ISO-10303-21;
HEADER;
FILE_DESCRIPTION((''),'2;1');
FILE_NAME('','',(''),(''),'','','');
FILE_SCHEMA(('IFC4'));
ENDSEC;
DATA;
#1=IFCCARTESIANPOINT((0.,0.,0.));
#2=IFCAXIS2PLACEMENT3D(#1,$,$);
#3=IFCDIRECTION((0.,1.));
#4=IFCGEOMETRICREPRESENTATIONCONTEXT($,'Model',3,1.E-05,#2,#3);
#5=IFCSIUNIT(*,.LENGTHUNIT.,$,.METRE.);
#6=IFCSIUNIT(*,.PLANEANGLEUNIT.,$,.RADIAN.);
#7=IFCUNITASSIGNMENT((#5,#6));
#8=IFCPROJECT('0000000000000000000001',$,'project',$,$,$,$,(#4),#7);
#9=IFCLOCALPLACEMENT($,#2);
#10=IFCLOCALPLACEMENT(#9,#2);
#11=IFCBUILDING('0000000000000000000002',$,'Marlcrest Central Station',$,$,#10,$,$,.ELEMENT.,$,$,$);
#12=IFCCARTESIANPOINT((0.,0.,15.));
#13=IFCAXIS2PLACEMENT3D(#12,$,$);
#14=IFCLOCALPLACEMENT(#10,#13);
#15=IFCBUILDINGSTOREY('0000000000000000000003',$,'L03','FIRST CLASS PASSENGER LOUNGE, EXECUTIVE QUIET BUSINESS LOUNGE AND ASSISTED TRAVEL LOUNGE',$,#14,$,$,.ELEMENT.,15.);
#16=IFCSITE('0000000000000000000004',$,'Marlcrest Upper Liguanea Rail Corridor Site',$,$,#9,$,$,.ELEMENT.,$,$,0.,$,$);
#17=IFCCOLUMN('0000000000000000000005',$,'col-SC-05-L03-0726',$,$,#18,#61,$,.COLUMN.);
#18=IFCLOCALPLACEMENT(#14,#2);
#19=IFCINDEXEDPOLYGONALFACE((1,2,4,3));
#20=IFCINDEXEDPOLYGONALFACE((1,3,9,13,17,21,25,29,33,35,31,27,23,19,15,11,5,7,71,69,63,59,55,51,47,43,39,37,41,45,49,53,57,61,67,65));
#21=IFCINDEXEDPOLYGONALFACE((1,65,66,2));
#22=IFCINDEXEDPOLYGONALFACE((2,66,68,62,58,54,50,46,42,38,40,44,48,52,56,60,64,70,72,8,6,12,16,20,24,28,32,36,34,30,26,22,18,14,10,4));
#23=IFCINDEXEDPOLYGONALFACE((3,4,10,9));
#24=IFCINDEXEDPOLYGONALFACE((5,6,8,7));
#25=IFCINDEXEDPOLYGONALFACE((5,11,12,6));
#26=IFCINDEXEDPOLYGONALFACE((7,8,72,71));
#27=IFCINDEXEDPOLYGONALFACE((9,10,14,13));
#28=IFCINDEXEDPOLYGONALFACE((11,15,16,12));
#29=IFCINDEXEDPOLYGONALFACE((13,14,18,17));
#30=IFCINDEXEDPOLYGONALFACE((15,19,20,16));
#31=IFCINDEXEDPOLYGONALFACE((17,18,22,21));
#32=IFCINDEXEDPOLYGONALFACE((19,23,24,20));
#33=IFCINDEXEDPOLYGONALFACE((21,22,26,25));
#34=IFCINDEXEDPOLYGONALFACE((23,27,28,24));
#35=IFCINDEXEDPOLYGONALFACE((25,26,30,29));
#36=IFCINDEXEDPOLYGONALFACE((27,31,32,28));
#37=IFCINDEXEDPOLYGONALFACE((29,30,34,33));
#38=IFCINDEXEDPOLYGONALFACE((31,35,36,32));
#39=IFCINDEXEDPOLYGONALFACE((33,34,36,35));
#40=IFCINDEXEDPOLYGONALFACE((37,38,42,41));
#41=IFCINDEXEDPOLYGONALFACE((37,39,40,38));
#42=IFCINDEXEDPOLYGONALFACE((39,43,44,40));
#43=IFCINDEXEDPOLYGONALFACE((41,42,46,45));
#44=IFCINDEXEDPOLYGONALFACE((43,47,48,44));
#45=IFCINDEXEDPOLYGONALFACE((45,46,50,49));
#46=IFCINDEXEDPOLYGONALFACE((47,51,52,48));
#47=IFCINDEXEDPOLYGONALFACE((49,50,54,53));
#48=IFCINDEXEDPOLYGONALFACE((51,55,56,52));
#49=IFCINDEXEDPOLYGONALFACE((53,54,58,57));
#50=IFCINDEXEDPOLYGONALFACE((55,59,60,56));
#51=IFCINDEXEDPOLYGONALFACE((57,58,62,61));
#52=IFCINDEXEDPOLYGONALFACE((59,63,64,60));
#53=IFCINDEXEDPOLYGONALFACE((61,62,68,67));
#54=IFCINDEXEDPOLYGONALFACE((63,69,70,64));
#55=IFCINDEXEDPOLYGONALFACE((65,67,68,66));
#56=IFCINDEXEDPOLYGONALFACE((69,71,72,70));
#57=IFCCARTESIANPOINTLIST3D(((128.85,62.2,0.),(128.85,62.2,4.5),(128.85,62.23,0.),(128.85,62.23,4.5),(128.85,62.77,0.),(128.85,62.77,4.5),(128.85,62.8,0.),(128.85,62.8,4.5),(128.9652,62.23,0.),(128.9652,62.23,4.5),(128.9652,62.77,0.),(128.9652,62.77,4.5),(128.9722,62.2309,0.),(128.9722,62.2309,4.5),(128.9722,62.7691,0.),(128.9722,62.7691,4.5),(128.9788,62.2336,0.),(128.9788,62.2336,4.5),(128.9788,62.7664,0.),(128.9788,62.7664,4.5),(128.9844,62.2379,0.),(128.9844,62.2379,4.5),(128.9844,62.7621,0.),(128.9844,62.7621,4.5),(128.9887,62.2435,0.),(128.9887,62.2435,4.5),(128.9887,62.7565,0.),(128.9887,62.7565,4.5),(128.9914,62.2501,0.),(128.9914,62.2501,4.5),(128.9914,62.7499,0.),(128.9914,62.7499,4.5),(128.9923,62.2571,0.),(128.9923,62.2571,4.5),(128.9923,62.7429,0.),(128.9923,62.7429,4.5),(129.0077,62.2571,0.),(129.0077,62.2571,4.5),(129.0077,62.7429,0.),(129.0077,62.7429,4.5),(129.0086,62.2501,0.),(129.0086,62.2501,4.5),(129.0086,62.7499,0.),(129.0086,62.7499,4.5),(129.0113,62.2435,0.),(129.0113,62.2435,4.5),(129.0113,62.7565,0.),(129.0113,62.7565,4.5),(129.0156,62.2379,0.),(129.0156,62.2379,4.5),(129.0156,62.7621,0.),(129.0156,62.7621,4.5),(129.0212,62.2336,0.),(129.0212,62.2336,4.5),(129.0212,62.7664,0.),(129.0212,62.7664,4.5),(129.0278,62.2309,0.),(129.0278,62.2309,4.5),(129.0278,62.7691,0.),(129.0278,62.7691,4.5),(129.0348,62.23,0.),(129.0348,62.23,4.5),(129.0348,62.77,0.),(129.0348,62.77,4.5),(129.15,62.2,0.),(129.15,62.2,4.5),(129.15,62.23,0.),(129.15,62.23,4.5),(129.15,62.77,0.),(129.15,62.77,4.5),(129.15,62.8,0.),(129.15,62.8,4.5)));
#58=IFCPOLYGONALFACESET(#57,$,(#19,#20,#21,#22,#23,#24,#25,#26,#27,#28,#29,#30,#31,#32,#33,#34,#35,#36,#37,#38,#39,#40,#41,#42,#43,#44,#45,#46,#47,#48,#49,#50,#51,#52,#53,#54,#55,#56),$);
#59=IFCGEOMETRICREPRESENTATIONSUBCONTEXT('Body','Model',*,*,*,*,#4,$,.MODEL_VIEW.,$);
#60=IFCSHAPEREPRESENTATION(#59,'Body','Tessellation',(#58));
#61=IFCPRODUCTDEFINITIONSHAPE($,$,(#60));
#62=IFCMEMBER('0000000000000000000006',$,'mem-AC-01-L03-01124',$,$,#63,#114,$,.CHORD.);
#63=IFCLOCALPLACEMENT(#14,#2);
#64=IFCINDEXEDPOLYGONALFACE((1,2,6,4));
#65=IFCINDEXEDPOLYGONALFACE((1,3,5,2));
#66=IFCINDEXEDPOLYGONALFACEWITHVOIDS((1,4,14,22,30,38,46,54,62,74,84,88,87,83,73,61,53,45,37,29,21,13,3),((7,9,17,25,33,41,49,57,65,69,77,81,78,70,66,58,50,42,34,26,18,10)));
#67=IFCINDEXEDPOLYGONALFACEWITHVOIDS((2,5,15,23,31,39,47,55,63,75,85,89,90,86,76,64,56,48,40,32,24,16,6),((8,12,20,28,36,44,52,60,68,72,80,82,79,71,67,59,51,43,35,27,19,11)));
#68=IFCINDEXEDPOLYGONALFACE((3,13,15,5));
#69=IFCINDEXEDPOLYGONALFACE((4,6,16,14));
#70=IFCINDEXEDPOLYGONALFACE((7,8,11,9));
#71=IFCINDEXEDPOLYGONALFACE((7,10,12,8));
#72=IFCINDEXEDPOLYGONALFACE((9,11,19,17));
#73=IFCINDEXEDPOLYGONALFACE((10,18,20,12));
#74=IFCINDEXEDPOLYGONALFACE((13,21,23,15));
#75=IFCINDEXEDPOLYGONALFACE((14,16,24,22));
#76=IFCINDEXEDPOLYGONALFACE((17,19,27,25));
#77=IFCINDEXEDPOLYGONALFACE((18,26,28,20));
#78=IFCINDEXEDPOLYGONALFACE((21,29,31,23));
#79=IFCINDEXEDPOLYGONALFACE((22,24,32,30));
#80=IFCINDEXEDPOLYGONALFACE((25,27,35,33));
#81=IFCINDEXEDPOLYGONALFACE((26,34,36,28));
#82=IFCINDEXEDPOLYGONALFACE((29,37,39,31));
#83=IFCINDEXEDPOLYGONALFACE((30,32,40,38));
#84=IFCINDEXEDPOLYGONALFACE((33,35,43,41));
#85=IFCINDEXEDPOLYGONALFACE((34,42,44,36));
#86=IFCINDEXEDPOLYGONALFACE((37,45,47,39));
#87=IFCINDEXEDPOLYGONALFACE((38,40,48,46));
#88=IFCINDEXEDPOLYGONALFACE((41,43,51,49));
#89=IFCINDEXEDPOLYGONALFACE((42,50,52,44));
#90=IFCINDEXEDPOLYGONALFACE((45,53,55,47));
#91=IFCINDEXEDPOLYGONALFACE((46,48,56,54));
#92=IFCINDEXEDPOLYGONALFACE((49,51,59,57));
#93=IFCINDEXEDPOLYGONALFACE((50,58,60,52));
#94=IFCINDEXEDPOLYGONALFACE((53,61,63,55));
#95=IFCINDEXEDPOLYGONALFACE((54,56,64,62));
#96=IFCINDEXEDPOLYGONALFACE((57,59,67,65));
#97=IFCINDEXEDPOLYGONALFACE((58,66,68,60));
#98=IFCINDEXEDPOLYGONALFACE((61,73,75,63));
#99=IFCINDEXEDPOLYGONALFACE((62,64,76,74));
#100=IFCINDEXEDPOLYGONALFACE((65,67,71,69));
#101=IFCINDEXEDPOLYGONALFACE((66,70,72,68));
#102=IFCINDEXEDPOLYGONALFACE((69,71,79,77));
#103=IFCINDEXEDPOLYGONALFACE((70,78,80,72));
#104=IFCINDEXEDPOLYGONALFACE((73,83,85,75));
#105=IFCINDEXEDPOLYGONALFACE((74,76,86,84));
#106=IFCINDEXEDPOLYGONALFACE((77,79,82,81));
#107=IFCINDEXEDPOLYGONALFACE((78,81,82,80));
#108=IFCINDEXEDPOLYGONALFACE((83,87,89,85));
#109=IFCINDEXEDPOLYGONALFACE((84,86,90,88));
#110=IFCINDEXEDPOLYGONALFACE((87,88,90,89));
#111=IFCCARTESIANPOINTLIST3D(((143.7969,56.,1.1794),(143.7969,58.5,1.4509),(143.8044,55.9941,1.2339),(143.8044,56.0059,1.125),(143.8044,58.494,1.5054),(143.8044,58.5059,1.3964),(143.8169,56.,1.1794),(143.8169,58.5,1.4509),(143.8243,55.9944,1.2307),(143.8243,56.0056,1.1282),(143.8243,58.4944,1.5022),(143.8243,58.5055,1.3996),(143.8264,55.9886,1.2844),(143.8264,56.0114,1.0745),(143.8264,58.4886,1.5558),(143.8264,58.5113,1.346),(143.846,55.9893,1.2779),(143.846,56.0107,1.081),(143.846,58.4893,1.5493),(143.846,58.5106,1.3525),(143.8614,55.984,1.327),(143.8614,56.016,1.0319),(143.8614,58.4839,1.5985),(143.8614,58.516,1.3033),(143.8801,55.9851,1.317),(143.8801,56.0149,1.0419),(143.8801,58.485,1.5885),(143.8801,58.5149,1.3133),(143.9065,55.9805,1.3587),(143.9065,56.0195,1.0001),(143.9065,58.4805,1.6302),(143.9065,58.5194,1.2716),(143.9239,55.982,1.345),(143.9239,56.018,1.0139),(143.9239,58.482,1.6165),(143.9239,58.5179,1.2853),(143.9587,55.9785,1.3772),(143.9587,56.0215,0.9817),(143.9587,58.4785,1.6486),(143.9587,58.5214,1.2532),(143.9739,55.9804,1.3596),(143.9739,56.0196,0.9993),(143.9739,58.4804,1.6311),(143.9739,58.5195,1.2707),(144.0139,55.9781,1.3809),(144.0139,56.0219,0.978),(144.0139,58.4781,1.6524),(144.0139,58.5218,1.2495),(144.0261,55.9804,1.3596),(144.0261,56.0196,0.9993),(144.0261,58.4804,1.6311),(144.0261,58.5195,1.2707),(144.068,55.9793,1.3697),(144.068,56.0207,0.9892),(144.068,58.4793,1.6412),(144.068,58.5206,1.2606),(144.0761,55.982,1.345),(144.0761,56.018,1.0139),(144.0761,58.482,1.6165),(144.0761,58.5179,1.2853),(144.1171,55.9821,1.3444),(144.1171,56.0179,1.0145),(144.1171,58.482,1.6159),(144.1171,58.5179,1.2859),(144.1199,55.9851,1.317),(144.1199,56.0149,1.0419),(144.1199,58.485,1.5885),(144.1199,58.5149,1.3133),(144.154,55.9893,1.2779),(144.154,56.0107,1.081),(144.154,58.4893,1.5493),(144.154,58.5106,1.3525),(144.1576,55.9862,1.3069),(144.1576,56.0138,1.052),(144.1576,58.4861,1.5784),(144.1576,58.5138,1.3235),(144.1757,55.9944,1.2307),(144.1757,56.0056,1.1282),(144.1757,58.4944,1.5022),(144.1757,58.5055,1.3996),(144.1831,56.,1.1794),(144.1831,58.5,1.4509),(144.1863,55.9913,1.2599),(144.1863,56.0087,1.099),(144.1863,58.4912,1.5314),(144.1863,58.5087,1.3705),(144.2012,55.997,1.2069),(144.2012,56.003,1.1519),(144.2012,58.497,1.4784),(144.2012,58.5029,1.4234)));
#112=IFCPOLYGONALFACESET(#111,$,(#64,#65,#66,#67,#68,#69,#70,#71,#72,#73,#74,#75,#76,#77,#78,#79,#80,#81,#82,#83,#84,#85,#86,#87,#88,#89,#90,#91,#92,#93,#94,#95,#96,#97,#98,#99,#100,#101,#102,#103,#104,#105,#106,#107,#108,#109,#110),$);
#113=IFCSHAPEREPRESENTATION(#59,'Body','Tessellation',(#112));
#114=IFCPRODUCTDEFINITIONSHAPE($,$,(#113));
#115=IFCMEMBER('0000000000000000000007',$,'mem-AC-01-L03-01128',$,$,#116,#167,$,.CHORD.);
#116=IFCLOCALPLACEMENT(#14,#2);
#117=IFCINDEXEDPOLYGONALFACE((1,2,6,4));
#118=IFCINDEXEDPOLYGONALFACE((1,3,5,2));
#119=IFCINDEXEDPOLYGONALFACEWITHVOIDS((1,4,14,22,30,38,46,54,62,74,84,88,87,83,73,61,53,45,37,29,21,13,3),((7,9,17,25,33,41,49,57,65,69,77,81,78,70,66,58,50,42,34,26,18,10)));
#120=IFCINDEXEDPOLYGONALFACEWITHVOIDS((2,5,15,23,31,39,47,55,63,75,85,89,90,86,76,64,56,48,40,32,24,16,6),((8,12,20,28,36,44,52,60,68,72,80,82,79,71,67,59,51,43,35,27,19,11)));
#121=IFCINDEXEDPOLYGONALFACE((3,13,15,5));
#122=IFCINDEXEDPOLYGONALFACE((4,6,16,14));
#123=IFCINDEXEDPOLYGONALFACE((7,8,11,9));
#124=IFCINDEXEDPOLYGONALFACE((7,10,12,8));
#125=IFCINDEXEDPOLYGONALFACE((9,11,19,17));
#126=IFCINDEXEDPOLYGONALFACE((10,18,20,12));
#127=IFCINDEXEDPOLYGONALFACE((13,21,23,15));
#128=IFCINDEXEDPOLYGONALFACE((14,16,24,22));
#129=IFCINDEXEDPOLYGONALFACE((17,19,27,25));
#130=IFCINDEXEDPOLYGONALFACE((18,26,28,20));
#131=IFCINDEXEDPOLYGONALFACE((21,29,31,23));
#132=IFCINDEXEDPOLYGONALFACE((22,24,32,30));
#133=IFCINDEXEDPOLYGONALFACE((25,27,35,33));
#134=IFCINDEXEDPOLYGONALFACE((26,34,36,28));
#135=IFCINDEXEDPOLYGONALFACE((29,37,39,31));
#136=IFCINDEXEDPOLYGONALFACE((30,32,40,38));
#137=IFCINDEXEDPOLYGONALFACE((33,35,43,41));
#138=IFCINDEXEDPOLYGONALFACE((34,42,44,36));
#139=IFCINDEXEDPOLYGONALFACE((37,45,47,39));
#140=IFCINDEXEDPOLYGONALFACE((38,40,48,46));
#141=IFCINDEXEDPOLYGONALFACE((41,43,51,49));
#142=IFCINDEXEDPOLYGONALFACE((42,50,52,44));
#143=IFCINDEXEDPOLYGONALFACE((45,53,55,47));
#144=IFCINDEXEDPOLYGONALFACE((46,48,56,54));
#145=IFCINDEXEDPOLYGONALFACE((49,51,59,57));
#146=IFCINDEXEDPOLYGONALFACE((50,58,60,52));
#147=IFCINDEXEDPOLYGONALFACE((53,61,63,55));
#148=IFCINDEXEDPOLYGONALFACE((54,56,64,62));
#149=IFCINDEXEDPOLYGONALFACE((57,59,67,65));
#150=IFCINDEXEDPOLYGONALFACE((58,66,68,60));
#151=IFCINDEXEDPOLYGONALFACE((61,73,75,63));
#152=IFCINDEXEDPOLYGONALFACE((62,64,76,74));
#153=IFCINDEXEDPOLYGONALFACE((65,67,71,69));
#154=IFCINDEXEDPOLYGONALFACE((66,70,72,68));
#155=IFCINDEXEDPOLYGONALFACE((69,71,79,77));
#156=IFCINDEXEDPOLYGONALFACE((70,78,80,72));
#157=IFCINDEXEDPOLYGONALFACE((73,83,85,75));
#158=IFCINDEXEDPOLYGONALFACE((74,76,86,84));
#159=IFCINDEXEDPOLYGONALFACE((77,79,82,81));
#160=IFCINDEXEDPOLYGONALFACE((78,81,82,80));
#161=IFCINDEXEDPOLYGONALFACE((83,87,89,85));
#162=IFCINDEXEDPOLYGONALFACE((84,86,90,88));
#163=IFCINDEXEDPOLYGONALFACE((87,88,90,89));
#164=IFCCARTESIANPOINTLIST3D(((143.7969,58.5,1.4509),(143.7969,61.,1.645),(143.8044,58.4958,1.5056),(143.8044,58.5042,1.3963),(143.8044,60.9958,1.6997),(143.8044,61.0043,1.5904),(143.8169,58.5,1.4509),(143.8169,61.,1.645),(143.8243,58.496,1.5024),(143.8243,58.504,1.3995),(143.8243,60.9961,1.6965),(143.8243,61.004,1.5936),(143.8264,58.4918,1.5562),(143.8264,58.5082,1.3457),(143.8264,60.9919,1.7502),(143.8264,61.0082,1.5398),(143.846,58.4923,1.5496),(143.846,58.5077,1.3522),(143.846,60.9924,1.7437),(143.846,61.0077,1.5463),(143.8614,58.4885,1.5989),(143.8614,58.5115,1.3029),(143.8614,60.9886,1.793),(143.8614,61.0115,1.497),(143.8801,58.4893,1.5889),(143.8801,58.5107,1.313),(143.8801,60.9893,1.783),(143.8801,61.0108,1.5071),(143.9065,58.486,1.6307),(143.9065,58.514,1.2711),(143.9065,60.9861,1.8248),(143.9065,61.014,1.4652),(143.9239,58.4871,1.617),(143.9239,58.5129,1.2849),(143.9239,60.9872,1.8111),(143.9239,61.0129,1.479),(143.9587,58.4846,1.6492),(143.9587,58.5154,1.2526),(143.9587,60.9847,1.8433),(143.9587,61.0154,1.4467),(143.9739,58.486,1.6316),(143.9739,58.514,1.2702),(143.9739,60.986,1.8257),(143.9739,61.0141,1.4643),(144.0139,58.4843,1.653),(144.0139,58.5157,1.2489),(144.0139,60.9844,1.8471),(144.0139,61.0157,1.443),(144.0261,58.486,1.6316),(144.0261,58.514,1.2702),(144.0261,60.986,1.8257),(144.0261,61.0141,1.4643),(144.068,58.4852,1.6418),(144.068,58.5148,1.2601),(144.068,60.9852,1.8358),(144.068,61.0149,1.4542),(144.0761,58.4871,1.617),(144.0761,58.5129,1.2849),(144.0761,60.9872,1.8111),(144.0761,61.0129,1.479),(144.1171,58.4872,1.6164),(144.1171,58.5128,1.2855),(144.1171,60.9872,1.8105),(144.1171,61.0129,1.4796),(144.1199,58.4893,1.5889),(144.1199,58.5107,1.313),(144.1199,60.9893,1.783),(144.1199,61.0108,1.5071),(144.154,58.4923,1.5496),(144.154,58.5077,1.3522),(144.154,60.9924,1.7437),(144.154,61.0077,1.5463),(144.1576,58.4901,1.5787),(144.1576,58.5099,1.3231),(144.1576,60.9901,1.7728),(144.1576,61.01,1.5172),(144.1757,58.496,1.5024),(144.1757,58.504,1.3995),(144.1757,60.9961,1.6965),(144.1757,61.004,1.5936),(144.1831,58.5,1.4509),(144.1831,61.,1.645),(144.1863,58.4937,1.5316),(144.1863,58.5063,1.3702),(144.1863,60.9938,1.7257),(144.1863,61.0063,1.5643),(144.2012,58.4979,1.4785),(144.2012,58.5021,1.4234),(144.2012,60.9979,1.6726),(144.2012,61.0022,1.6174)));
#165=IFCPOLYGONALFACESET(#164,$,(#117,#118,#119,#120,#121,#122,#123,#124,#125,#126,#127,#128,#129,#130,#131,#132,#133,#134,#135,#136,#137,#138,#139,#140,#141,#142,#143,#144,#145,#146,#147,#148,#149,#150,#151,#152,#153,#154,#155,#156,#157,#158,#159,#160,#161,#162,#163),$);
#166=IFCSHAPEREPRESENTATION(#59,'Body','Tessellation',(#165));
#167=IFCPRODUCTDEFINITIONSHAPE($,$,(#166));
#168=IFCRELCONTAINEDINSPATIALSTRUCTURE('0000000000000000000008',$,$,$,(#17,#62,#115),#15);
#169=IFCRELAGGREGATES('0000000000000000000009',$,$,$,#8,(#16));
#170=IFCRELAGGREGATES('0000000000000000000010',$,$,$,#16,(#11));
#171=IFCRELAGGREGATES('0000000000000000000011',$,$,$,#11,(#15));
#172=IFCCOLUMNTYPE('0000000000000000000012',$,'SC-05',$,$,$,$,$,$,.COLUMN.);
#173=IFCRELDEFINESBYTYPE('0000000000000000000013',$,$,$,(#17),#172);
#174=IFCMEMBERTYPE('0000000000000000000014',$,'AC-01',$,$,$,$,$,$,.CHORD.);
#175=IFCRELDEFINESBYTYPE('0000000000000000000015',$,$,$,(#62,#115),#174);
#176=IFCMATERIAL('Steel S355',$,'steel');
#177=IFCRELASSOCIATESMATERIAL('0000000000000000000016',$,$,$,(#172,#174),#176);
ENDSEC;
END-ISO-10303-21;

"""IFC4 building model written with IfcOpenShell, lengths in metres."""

from ifc_helpers import new_model, si_unit, direction, frame, origin, origin_2d, place, context, subcontext, project, spatial, hollow_circle, i_section, extrude, material, material_profile, profile_set, type_object, element, save


model = new_model("IFC4")

# Units and contexts
model_context = context("Model", 3, precision=1e-05, world=origin(), true_north=direction((0.0, 1.0)))
body_context = subcontext(model_context, "Body", "Model", "MODEL_VIEW")
ifc_project = project(units=[si_unit("LENGTHUNIT", "METRE"), si_unit("PLANEANGLEUNIT", "RADIAN")], contexts=[model_context])

# Site, building, storey
site_placement = place(None, origin())
site = spatial("IfcSite", under=ifc_project, at=site_placement, Name="Marlcrest Upper Liguanea Rail Corridor Site", CompositionType="ELEMENT", RefElevation=0.0)
building_placement = place(site_placement, origin())
building = spatial("IfcBuilding", under=site, at=building_placement, Name="Marlcrest Central Station", CompositionType="ELEMENT")
storey_placement = place(building_placement, frame((0.0, 0.0, 15.0)))
storey = spatial("IfcBuildingStorey", under=building, at=storey_placement, Name="L03", Description="FIRST CLASS PASSENGER LOUNGE, EXECUTIVE QUIET BUSINESS LOUNGE AND ASSISTED TRAVEL LOUNGE", CompositionType="ELEMENT", Elevation=15.0)

# Column
ifc_material_1 = material(Name="Steel S355", Category="steel")
ifc_material_profile_1 = material_profile(ifc_material_1, i_section(OverallWidth=0.3, OverallDepth=0.6001, WebThickness=0.0154, FlangeThickness=0.03, FilletRadius=0.0271, at=origin_2d()), Name="HEB 600")
ifc_profile_set_1 = profile_set([ifc_material_profile_1], Name="Steel S355")
column_type = type_object("IfcColumnType", Name="SC-05", PredefinedType="COLUMN", material=ifc_profile_set_1)
column_placement = place(storey_placement, frame((129.0, 62.5, 0.0), z_axis=(0.0, 0.0, 1.0), x_axis=(1.0, 0.0, 0.0)))
element("IfcColumn", 1, at=column_placement, inside=storey, type_object=column_type, Name="col-SC-05-L03-0726", PredefinedType="COLUMN", context=body_context, shape_type="SweptSolid", body=[
    extrude(i_section(OverallWidth=0.3, OverallDepth=0.6001, WebThickness=0.0154, FlangeThickness=0.03, FilletRadius=0.0271, at=origin_2d()), origin(), (0.0, 0.0, 1.0), 4.5),
])

# Members
ifc_material_profile_2 = material_profile(ifc_material_1, hollow_circle(Radius=0.2031, WallThickness=0.02, at=origin_2d()), Name="CHS 406.4x20")
ifc_profile_set_2 = profile_set([ifc_material_profile_2], Name="Steel S355")
member_type_1 = type_object("IfcMemberType", Name="AC-01", PredefinedType="CHORD", material=ifc_profile_set_2)
member_1_placement = place(storey_placement, frame((144.0, 56.0, 1.1794), z_axis=(0.0, 0.994155, 0.107959), x_axis=(-1.0, 0.0, 0.0)))
element("IfcMember", 2, at=member_1_placement, inside=storey, type_object=member_type_1, Name="mem-AC-01-L03-01124", PredefinedType="CHORD", context=body_context, shape_type="SweptSolid", body=[
    extrude(hollow_circle(Radius=0.2031, WallThickness=0.02, at=origin_2d()), origin(), (0.0, 0.0, 1.0), 2.5146),
])
member_2_placement = place(storey_placement, frame((144.0, 58.5, 1.4509), z_axis=(0.0, 0.997, 0.077404), x_axis=(-1.0, 0.0, 0.0)))
element("IfcMember", 3, at=member_2_placement, inside=storey, type_object=member_type_1, Name="mem-AC-01-L03-01128", PredefinedType="CHORD", context=body_context, shape_type="SweptSolid", body=[
    extrude(hollow_circle(Radius=0.2031, WallThickness=0.02, at=origin_2d()), origin(), (0.0, 0.0, 1.0), 2.5076),
])

save(model, "model.ifc")
